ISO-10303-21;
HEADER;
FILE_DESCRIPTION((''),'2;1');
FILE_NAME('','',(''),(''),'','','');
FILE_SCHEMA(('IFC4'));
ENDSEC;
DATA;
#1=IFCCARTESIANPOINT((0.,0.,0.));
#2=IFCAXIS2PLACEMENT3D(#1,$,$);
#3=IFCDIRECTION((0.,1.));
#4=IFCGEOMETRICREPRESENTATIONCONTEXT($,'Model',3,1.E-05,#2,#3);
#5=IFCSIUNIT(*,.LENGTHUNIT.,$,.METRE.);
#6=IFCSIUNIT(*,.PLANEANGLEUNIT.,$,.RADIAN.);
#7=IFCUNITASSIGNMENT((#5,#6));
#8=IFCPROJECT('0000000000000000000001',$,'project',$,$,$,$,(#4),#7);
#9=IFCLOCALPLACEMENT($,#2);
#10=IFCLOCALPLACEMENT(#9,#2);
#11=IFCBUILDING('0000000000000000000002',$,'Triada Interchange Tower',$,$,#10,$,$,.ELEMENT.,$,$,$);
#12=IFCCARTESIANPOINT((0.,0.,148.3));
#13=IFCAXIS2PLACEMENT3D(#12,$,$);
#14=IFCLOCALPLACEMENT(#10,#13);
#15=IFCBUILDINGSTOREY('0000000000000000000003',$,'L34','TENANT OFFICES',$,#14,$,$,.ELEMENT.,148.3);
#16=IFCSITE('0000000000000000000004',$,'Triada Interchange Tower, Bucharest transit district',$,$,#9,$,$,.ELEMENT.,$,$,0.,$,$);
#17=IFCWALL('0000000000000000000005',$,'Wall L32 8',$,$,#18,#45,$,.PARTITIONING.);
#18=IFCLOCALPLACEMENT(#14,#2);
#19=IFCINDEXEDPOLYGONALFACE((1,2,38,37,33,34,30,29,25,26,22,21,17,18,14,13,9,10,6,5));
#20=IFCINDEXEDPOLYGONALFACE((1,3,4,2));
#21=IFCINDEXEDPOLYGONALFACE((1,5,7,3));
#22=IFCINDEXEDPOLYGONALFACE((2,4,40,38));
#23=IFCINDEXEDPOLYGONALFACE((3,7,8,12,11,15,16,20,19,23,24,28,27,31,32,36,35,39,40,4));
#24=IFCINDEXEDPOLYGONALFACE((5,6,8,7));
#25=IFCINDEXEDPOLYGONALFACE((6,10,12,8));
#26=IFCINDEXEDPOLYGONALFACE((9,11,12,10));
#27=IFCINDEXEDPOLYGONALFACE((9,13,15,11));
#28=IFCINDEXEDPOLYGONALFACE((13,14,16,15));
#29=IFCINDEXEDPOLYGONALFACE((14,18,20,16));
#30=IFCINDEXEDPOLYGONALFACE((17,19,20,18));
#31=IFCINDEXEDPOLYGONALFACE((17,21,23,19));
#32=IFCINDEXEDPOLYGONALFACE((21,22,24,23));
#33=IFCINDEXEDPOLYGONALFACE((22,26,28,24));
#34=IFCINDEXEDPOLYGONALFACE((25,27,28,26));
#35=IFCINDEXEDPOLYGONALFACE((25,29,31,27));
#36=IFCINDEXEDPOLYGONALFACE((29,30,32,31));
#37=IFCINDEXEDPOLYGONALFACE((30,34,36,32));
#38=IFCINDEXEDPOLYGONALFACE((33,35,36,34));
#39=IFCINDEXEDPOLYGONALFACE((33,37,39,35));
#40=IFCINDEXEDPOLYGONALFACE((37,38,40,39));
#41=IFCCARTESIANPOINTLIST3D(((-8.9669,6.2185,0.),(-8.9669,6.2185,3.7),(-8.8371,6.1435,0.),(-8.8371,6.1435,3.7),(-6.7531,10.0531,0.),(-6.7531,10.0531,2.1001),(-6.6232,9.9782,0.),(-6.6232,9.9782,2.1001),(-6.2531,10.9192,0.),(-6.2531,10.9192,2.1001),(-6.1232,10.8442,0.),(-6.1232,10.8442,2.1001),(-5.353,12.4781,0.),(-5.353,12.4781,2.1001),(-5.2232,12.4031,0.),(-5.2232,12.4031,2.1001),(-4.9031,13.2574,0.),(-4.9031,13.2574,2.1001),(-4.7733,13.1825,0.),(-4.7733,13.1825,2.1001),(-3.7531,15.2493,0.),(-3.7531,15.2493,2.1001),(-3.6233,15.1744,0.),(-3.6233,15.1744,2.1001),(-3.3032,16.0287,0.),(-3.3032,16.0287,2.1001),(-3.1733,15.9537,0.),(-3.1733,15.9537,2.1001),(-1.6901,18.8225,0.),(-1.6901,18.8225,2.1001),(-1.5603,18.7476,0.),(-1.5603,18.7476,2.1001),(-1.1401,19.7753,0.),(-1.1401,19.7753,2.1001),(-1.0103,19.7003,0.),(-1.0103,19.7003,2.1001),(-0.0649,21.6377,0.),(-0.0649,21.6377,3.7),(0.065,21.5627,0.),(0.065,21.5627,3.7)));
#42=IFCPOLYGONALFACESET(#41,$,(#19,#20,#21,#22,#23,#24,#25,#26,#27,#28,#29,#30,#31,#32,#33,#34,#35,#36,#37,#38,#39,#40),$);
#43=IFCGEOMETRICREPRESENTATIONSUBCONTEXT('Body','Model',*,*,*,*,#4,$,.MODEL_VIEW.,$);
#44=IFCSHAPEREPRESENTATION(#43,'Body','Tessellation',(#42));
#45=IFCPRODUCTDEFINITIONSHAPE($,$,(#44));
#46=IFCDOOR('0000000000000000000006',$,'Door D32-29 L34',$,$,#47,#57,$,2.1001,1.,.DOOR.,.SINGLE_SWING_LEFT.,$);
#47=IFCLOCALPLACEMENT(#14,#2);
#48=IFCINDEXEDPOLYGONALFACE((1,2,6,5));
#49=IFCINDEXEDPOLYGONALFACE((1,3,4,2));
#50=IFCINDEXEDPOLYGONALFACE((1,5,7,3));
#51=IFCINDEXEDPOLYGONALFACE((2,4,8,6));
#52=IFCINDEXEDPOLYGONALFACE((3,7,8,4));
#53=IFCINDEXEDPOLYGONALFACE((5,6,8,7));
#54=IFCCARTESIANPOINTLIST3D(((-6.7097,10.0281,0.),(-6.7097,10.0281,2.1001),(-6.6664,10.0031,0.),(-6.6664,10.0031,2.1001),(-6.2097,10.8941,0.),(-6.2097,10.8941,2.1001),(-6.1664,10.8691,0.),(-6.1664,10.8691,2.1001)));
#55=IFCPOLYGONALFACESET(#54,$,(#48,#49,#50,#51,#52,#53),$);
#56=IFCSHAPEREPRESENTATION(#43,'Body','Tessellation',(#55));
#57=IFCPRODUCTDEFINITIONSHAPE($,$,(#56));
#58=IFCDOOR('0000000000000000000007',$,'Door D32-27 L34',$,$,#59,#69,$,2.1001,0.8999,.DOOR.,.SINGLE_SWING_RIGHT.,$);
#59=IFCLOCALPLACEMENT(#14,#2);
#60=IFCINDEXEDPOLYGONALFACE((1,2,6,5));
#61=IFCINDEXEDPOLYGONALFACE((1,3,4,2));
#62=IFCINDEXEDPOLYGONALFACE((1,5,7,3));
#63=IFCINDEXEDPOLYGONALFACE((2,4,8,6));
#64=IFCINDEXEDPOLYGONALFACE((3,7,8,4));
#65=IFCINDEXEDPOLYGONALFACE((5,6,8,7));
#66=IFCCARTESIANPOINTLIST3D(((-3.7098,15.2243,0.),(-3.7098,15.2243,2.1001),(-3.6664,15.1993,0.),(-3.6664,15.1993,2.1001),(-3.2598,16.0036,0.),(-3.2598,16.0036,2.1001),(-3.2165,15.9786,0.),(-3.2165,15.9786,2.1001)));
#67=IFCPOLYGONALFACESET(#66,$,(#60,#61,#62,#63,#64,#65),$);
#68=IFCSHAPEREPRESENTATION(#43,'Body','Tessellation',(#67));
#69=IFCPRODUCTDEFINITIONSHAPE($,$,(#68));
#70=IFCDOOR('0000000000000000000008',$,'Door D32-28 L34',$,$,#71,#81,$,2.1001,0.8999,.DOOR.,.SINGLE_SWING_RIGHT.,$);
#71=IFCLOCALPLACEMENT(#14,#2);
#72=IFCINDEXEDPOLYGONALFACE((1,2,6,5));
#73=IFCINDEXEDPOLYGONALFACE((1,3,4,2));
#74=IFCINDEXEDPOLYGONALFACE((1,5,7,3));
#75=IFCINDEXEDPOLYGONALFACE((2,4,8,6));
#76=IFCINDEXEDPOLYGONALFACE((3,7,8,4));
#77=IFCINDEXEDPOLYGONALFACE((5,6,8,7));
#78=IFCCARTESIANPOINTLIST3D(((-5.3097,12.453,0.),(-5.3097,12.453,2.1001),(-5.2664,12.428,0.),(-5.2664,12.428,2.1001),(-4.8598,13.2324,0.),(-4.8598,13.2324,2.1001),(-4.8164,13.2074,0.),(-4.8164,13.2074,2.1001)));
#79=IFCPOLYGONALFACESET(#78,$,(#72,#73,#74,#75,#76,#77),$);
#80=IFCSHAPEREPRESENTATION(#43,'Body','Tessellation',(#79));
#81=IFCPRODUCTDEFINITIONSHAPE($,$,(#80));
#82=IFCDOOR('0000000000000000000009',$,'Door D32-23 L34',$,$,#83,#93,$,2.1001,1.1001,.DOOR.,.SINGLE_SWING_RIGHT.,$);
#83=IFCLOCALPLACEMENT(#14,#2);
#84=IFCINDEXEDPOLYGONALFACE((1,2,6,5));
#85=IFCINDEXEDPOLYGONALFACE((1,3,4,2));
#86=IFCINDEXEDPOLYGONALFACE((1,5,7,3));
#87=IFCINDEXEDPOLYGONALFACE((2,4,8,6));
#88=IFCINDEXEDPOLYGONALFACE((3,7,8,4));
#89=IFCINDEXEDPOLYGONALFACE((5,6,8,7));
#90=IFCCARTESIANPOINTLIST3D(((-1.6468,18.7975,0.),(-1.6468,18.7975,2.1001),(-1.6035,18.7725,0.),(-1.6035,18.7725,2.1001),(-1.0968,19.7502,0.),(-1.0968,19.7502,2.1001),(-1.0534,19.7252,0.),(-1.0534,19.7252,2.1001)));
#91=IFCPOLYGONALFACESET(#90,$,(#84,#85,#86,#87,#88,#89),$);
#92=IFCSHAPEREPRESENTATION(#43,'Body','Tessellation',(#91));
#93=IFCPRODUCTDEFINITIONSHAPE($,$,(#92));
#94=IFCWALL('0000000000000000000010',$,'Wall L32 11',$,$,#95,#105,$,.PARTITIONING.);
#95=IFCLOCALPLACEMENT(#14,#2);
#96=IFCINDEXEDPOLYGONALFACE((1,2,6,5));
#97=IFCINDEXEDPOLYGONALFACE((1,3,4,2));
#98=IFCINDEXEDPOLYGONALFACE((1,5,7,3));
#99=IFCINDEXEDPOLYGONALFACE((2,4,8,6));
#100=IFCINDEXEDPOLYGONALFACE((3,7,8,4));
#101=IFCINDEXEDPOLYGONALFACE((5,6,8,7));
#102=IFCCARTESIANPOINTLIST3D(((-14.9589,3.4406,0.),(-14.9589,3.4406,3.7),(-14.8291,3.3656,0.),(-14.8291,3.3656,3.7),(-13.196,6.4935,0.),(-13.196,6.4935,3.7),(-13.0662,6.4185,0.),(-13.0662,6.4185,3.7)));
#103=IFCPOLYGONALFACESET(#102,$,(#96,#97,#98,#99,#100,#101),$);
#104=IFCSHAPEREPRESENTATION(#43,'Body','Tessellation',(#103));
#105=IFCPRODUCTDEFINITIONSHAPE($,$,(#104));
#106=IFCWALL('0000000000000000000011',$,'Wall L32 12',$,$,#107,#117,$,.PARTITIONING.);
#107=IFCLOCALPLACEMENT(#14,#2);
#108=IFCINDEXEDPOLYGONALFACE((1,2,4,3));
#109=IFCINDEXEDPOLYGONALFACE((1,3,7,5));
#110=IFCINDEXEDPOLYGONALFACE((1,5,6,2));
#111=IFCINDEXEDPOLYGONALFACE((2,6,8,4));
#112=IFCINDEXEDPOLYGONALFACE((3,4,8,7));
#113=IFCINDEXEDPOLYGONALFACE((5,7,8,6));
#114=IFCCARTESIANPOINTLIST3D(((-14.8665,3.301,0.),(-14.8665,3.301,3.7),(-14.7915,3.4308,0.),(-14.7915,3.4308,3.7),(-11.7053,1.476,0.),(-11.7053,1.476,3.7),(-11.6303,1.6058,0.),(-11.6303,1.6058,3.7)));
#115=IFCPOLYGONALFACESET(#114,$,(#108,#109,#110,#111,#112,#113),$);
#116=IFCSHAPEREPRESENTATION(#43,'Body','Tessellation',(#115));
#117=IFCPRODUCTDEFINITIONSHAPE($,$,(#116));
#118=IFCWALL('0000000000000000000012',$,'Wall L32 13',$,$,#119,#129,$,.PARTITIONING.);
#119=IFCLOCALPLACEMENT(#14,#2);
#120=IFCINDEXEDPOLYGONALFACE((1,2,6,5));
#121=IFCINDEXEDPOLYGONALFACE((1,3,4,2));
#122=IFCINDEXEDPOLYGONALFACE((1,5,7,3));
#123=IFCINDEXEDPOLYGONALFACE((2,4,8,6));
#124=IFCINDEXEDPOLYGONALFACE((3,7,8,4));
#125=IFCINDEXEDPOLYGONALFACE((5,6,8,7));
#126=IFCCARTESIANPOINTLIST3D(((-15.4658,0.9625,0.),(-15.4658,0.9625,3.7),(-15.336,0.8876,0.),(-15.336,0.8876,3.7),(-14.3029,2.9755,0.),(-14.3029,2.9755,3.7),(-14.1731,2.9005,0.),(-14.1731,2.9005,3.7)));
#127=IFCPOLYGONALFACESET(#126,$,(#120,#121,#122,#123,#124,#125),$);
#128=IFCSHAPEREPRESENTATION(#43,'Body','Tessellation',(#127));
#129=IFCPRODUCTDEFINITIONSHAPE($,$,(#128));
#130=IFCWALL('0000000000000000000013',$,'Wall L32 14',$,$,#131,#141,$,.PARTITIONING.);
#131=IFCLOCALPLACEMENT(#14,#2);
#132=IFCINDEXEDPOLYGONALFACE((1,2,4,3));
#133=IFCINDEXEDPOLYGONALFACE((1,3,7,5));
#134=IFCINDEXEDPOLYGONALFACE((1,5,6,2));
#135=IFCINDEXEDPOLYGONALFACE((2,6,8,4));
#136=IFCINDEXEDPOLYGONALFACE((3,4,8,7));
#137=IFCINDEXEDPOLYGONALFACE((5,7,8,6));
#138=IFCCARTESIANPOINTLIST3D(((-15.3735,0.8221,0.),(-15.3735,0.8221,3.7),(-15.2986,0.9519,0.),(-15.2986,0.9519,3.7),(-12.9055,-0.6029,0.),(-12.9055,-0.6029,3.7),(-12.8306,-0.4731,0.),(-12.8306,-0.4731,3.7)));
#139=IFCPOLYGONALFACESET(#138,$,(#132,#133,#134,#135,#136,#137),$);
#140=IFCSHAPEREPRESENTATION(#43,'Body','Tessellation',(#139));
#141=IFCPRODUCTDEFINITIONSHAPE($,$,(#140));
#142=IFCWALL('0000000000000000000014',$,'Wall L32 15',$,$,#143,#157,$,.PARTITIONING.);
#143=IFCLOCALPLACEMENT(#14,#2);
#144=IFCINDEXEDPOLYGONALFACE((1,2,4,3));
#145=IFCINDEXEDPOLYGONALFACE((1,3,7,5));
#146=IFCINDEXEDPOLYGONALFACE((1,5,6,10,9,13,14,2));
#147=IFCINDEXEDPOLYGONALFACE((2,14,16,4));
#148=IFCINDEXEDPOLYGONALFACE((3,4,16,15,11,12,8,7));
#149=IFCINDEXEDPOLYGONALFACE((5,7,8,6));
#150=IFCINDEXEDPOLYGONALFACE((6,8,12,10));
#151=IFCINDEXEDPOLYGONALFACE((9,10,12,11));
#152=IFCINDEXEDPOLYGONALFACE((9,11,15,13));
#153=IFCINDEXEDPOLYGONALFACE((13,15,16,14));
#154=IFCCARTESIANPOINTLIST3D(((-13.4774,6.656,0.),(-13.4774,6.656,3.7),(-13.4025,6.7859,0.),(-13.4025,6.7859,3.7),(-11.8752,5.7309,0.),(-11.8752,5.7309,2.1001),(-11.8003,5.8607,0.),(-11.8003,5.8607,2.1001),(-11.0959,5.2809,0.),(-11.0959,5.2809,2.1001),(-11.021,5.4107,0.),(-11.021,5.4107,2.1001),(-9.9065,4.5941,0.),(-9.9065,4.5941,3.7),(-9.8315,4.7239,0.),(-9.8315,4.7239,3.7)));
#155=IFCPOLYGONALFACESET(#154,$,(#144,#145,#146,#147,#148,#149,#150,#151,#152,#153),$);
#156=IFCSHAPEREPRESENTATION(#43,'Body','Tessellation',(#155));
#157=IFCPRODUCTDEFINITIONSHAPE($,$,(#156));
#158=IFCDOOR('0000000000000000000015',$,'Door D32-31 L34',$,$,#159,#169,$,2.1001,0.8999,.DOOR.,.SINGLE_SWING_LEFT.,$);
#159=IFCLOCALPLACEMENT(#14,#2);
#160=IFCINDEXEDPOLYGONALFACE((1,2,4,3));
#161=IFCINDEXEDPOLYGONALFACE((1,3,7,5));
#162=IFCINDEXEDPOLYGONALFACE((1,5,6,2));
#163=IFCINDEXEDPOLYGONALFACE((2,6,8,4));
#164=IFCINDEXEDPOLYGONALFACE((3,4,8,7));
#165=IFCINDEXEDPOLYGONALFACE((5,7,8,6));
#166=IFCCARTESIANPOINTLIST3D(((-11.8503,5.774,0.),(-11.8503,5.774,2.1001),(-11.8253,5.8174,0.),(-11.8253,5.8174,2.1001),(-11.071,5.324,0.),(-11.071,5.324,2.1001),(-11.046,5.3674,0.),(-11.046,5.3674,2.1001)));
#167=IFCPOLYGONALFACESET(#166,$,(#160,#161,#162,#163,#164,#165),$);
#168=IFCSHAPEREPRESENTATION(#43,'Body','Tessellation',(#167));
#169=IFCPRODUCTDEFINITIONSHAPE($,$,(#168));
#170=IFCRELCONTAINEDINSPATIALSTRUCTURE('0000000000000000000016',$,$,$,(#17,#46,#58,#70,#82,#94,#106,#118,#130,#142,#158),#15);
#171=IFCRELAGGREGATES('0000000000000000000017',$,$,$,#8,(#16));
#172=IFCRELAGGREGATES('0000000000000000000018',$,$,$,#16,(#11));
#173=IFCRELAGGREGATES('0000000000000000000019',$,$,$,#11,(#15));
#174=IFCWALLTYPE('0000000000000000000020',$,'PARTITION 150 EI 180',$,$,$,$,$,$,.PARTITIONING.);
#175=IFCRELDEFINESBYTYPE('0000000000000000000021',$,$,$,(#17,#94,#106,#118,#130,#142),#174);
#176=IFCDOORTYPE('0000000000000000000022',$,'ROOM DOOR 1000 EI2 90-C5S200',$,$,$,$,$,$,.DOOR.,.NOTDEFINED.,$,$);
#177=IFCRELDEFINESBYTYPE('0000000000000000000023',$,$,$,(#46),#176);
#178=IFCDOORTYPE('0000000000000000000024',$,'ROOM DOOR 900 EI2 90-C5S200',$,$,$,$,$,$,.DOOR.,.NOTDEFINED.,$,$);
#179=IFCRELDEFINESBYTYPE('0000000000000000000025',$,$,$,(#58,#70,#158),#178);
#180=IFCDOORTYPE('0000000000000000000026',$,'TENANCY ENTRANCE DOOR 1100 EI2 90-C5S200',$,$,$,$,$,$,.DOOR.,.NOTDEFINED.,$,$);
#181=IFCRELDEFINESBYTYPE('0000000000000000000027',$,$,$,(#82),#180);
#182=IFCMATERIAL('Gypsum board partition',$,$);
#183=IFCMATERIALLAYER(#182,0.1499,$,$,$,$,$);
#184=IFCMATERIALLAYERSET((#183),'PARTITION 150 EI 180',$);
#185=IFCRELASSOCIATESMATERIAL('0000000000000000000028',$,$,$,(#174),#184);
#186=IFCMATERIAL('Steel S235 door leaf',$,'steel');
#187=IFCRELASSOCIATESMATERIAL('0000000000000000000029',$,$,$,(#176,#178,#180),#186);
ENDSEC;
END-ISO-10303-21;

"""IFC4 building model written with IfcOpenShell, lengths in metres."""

from ifc_helpers import new_model, si_unit, direction, frame, frame_2d, origin, place, context, subcontext, project, spatial, rectangle, extrude, material, layer, layer_set, type_object, element, fill, save


model = new_model("IFC4")

# Units and contexts
model_context = context("Model", 3, precision=1e-05, world=origin(), true_north=direction((0.0, 1.0)))
body_context = subcontext(model_context, "Body", "Model", "MODEL_VIEW")
ifc_project = project(units=[si_unit("LENGTHUNIT", "METRE"), si_unit("PLANEANGLEUNIT", "RADIAN")], contexts=[model_context])

# Site, building, storey
site_placement = place(None, origin())
site = spatial("IfcSite", under=ifc_project, at=site_placement, Name="Triada Interchange Tower, Bucharest transit district", CompositionType="ELEMENT", RefElevation=0.0)
building_placement = place(site_placement, origin())
building = spatial("IfcBuilding", under=site, at=building_placement, Name="Triada Interchange Tower", CompositionType="ELEMENT")
storey_placement = place(building_placement, frame((0.0, 0.0, 148.3)))
storey = spatial("IfcBuildingStorey", under=building, at=storey_placement, Name="L34", Description="TENANT OFFICES", CompositionType="ELEMENT", Elevation=148.3)

# Wall, openings, doors
ifc_material_1 = material(Name="Gypsum board partition")
ifc_layer_1 = layer(ifc_material_1, 0.1499)
ifc_layer_set_1 = layer_set([ifc_layer_1], Name="PARTITION 150 EI 180")
wall_type_1 = type_object("IfcWallType", Name="PARTITION 150 EI 180", PredefinedType="PARTITIONING", material=ifc_layer_set_1)
wall_1_placement = place(storey_placement, frame((-8.9021, 6.1809, 0.0), z_axis=(0.0, 0.0, 1.0), x_axis=(0.499993, 0.86603, 0.0)))
wall_1 = element("IfcWall", 1, at=wall_1_placement, inside=storey, type_object=wall_type_1, Name="Wall L32 8", PredefinedType="PARTITIONING", context=body_context, shape_type="SweptSolid", body=[
    extrude(rectangle(XDim=17.8044, YDim=0.1499, at=frame_2d((8.9023, 0.0))), origin(), (0.0, 0.0, 1.0), 3.7),
])
opening_1_placement = place(wall_1_placement, frame((14.554, 0.0, 0.0)))
opening_1 = element("IfcOpeningElement", 2, at=opening_1_placement, cuts=wall_1, PredefinedType="OPENING", context=body_context, shape_type="SweptSolid", body=[
    extrude(rectangle(XDim=1.1001, YDim=2.1001, at=frame_2d((0.55, 1.05))), frame((0.0, 0.085, 0.0), z_axis=(0.0, -1.0, 0.0), x_axis=(1.0, 0.0, 0.0)), (0.0, 0.0, 1.0), 0.1699),
])
opening_2_placement = place(wall_1_placement, frame((10.428, 0.0, 0.0)))
opening_2 = element("IfcOpeningElement", 3, at=opening_2_placement, cuts=wall_1, PredefinedType="OPENING", context=body_context, shape_type="SweptSolid", body=[
    extrude(rectangle(XDim=0.8999, YDim=2.1001, at=frame_2d((0.45, 1.05))), frame((0.0, 0.085, 0.0), z_axis=(0.0, -1.0, 0.0), x_axis=(1.0, 0.0, 0.0)), (0.0, 0.0, 1.0), 0.1699),
])
opening_3_placement = place(wall_1_placement, frame((7.228, 0.0, 0.0)))
opening_3 = element("IfcOpeningElement", 4, at=opening_3_placement, cuts=wall_1, PredefinedType="OPENING", context=body_context, shape_type="SweptSolid", body=[
    extrude(rectangle(XDim=0.8999, YDim=2.1001, at=frame_2d((0.45, 1.05))), frame((0.0, 0.085, 0.0), z_axis=(0.0, -1.0, 0.0), x_axis=(1.0, 0.0, 0.0)), (0.0, 0.0, 1.0), 0.1699),
])
opening_4_placement = place(wall_1_placement, frame((4.428, 0.0, 0.0)))
opening_4 = element("IfcOpeningElement", 5, at=opening_4_placement, cuts=wall_1, PredefinedType="OPENING", context=body_context, shape_type="SweptSolid", body=[
    extrude(rectangle(XDim=1.0, YDim=2.1001, at=frame_2d((0.5, 1.05))), frame((0.0, 0.085, 0.0), z_axis=(0.0, -1.0, 0.0), x_axis=(1.0, 0.0, 0.0)), (0.0, 0.0, 1.0), 0.1699),
])
ifc_material_2 = material(Name="Steel S235 door leaf", Category="steel")
door_type_1 = type_object("IfcDoorType", Name="ROOM DOOR 1000 EI2 90-C5S200", OperationType="NOTDEFINED", PredefinedType="DOOR", material=ifc_material_2)
door_1_placement = place(opening_4_placement, origin())
door_1 = element("IfcDoor", 6, at=door_1_placement, inside=storey, type_object=door_type_1, Name="Door D32-29 L34", OperationType="SINGLE_SWING_LEFT", OverallHeight=2.1001, OverallWidth=1.0, PredefinedType="DOOR", context=body_context, shape_type="SweptSolid", body=[
    extrude(rectangle(XDim=1.0, YDim=2.1001, at=frame_2d((0.5, 1.05))), frame((0.0, 0.0249, 0.0), z_axis=(0.0, -1.0, 0.0), x_axis=(1.0, 0.0, 0.0)), (0.0, 0.0, 1.0), 0.05),
])
fill(opening_4, door_1)
door_type_2 = type_object("IfcDoorType", Name="ROOM DOOR 900 EI2 90-C5S200", OperationType="NOTDEFINED", PredefinedType="DOOR", material=ifc_material_2)
door_2_placement = place(opening_2_placement, origin())
door_2 = element("IfcDoor", 7, at=door_2_placement, inside=storey, type_object=door_type_2, Name="Door D32-27 L34", OperationType="SINGLE_SWING_RIGHT", OverallHeight=2.1001, OverallWidth=0.8999, PredefinedType="DOOR", context=body_context, shape_type="SweptSolid", body=[
    extrude(rectangle(XDim=0.8999, YDim=2.1001, at=frame_2d((0.45, 1.05))), frame((0.0, 0.0249, 0.0), z_axis=(0.0, -1.0, 0.0), x_axis=(1.0, 0.0, 0.0)), (0.0, 0.0, 1.0), 0.05),
])
fill(opening_2, door_2)
door_3_placement = place(opening_3_placement, origin())
door_3 = element("IfcDoor", 8, at=door_3_placement, inside=storey, type_object=door_type_2, Name="Door D32-28 L34", OperationType="SINGLE_SWING_RIGHT", OverallHeight=2.1001, OverallWidth=0.8999, PredefinedType="DOOR", context=body_context, shape_type="SweptSolid", body=[
    extrude(rectangle(XDim=0.8999, YDim=2.1001, at=frame_2d((0.45, 1.05))), frame((0.0, 0.0249, 0.0), z_axis=(0.0, -1.0, 0.0), x_axis=(1.0, 0.0, 0.0)), (0.0, 0.0, 1.0), 0.05),
])
fill(opening_3, door_3)
door_type_3 = type_object("IfcDoorType", Name="TENANCY ENTRANCE DOOR 1100 EI2 90-C5S200", OperationType="NOTDEFINED", PredefinedType="DOOR", material=ifc_material_2)
door_4_placement = place(opening_1_placement, origin())
door_4 = element("IfcDoor", 9, at=door_4_placement, inside=storey, type_object=door_type_3, Name="Door D32-23 L34", OperationType="SINGLE_SWING_RIGHT", OverallHeight=2.1001, OverallWidth=1.1001, PredefinedType="DOOR", context=body_context, shape_type="SweptSolid", body=[
    extrude(rectangle(XDim=1.1001, YDim=2.1001, at=frame_2d((0.55, 1.05))), frame((0.0, 0.0249, 0.0), z_axis=(0.0, -1.0, 0.0), x_axis=(1.0, 0.0, 0.0)), (0.0, 0.0, 1.0), 0.05),
])
fill(opening_1, door_4)

# Walls
wall_2_placement = place(storey_placement, frame((-14.894, 3.4031, 0.0), z_axis=(0.0, 0.0, 1.0), x_axis=(0.500064, 0.865988, 0.0)))
element("IfcWall", 10, at=wall_2_placement, inside=storey, type_object=wall_type_1, Name="Wall L32 11", PredefinedType="PARTITIONING", context=body_context, shape_type="SweptSolid", body=[
    extrude(rectangle(XDim=3.5254, YDim=0.1499, at=frame_2d((1.7627, 0.0))), origin(), (0.0, 0.0, 1.0), 3.7),
])
wall_3_placement = place(storey_placement, frame((-14.8291, 3.366, 0.0), z_axis=(0.0, 0.0, 1.0), x_axis=(0.866041, -0.499973, 0.0)))
element("IfcWall", 11, at=wall_3_placement, inside=storey, type_object=wall_type_1, Name="Wall L32 12", PredefinedType="PARTITIONING", context=body_context, shape_type="SweptSolid", body=[
    extrude(rectangle(XDim=3.6501, YDim=0.1499, at=frame_2d((1.8252, 0.0))), origin(), (0.0, 0.0, 1.0), 3.7),
])
wall_4_placement = place(storey_placement, frame((-15.4009, 0.925, 0.0), z_axis=(0.0, 0.0, 1.0), x_axis=(0.500216, 0.8659, 0.0)))
element("IfcWall", 12, at=wall_4_placement, inside=storey, type_object=wall_type_1, Name="Wall L32 13", PredefinedType="PARTITIONING", context=body_context, shape_type="SweptSolid", body=[
    extrude(rectangle(XDim=2.3247, YDim=0.1499, at=frame_2d((1.1624, 0.0))), origin(), (0.0, 0.0, 1.0), 3.7),
])
wall_5_placement = place(storey_placement, frame((-15.3359, 0.887, 0.0), z_axis=(0.0, 0.0, 1.0), x_axis=(0.866004, -0.500036, 0.0)))
element("IfcWall", 13, at=wall_5_placement, inside=storey, type_object=wall_type_1, Name="Wall L32 14", PredefinedType="PARTITIONING", context=body_context, shape_type="SweptSolid", body=[
    extrude(rectangle(XDim=2.8499, YDim=0.1499, at=frame_2d((1.4248, 0.0))), origin(), (0.0, 0.0, 1.0), 3.7),
])

# Wall, opening, door
wall_6_placement = place(storey_placement, frame((-13.4399, 6.7209, 0.0), z_axis=(0.0, 0.0, 1.0), x_axis=(0.865997, -0.500049, 0.0)))
wall_6 = element("IfcWall", 14, at=wall_6_placement, inside=storey, type_object=wall_type_1, Name="Wall L32 15", PredefinedType="PARTITIONING", context=body_context, shape_type="SweptSolid", body=[
    extrude(rectangle(XDim=4.1235, YDim=0.1499, at=frame_2d((2.0618, 0.0))), origin(), (0.0, 0.0, 1.0), 3.7),
])
opening_5_placement = place(wall_6_placement, frame((1.8501, 0.0, 0.0)))
opening_5 = element("IfcOpeningElement", 15, at=opening_5_placement, cuts=wall_6, PredefinedType="OPENING", context=body_context, shape_type="SweptSolid", body=[
    extrude(rectangle(XDim=0.8999, YDim=2.1001, at=frame_2d((0.45, 1.05))), frame((0.0, 0.085, 0.0), z_axis=(0.0, -1.0, 0.0), x_axis=(1.0, 0.0, 0.0)), (0.0, 0.0, 1.0), 0.1699),
])
door_5_placement = place(opening_5_placement, origin())
door_5 = element("IfcDoor", 16, at=door_5_placement, inside=storey, type_object=door_type_2, Name="Door D32-31 L34", OperationType="SINGLE_SWING_LEFT", OverallHeight=2.1001, OverallWidth=0.8999, PredefinedType="DOOR", context=body_context, shape_type="SweptSolid", body=[
    extrude(rectangle(XDim=0.8999, YDim=2.1001, at=frame_2d((0.45, 1.05))), frame((0.0, 0.0249, 0.0), z_axis=(0.0, -1.0, 0.0), x_axis=(1.0, 0.0, 0.0)), (0.0, 0.0, 1.0), 0.05),
])
fill(opening_5, door_5)

save(model, "model.ifc")
